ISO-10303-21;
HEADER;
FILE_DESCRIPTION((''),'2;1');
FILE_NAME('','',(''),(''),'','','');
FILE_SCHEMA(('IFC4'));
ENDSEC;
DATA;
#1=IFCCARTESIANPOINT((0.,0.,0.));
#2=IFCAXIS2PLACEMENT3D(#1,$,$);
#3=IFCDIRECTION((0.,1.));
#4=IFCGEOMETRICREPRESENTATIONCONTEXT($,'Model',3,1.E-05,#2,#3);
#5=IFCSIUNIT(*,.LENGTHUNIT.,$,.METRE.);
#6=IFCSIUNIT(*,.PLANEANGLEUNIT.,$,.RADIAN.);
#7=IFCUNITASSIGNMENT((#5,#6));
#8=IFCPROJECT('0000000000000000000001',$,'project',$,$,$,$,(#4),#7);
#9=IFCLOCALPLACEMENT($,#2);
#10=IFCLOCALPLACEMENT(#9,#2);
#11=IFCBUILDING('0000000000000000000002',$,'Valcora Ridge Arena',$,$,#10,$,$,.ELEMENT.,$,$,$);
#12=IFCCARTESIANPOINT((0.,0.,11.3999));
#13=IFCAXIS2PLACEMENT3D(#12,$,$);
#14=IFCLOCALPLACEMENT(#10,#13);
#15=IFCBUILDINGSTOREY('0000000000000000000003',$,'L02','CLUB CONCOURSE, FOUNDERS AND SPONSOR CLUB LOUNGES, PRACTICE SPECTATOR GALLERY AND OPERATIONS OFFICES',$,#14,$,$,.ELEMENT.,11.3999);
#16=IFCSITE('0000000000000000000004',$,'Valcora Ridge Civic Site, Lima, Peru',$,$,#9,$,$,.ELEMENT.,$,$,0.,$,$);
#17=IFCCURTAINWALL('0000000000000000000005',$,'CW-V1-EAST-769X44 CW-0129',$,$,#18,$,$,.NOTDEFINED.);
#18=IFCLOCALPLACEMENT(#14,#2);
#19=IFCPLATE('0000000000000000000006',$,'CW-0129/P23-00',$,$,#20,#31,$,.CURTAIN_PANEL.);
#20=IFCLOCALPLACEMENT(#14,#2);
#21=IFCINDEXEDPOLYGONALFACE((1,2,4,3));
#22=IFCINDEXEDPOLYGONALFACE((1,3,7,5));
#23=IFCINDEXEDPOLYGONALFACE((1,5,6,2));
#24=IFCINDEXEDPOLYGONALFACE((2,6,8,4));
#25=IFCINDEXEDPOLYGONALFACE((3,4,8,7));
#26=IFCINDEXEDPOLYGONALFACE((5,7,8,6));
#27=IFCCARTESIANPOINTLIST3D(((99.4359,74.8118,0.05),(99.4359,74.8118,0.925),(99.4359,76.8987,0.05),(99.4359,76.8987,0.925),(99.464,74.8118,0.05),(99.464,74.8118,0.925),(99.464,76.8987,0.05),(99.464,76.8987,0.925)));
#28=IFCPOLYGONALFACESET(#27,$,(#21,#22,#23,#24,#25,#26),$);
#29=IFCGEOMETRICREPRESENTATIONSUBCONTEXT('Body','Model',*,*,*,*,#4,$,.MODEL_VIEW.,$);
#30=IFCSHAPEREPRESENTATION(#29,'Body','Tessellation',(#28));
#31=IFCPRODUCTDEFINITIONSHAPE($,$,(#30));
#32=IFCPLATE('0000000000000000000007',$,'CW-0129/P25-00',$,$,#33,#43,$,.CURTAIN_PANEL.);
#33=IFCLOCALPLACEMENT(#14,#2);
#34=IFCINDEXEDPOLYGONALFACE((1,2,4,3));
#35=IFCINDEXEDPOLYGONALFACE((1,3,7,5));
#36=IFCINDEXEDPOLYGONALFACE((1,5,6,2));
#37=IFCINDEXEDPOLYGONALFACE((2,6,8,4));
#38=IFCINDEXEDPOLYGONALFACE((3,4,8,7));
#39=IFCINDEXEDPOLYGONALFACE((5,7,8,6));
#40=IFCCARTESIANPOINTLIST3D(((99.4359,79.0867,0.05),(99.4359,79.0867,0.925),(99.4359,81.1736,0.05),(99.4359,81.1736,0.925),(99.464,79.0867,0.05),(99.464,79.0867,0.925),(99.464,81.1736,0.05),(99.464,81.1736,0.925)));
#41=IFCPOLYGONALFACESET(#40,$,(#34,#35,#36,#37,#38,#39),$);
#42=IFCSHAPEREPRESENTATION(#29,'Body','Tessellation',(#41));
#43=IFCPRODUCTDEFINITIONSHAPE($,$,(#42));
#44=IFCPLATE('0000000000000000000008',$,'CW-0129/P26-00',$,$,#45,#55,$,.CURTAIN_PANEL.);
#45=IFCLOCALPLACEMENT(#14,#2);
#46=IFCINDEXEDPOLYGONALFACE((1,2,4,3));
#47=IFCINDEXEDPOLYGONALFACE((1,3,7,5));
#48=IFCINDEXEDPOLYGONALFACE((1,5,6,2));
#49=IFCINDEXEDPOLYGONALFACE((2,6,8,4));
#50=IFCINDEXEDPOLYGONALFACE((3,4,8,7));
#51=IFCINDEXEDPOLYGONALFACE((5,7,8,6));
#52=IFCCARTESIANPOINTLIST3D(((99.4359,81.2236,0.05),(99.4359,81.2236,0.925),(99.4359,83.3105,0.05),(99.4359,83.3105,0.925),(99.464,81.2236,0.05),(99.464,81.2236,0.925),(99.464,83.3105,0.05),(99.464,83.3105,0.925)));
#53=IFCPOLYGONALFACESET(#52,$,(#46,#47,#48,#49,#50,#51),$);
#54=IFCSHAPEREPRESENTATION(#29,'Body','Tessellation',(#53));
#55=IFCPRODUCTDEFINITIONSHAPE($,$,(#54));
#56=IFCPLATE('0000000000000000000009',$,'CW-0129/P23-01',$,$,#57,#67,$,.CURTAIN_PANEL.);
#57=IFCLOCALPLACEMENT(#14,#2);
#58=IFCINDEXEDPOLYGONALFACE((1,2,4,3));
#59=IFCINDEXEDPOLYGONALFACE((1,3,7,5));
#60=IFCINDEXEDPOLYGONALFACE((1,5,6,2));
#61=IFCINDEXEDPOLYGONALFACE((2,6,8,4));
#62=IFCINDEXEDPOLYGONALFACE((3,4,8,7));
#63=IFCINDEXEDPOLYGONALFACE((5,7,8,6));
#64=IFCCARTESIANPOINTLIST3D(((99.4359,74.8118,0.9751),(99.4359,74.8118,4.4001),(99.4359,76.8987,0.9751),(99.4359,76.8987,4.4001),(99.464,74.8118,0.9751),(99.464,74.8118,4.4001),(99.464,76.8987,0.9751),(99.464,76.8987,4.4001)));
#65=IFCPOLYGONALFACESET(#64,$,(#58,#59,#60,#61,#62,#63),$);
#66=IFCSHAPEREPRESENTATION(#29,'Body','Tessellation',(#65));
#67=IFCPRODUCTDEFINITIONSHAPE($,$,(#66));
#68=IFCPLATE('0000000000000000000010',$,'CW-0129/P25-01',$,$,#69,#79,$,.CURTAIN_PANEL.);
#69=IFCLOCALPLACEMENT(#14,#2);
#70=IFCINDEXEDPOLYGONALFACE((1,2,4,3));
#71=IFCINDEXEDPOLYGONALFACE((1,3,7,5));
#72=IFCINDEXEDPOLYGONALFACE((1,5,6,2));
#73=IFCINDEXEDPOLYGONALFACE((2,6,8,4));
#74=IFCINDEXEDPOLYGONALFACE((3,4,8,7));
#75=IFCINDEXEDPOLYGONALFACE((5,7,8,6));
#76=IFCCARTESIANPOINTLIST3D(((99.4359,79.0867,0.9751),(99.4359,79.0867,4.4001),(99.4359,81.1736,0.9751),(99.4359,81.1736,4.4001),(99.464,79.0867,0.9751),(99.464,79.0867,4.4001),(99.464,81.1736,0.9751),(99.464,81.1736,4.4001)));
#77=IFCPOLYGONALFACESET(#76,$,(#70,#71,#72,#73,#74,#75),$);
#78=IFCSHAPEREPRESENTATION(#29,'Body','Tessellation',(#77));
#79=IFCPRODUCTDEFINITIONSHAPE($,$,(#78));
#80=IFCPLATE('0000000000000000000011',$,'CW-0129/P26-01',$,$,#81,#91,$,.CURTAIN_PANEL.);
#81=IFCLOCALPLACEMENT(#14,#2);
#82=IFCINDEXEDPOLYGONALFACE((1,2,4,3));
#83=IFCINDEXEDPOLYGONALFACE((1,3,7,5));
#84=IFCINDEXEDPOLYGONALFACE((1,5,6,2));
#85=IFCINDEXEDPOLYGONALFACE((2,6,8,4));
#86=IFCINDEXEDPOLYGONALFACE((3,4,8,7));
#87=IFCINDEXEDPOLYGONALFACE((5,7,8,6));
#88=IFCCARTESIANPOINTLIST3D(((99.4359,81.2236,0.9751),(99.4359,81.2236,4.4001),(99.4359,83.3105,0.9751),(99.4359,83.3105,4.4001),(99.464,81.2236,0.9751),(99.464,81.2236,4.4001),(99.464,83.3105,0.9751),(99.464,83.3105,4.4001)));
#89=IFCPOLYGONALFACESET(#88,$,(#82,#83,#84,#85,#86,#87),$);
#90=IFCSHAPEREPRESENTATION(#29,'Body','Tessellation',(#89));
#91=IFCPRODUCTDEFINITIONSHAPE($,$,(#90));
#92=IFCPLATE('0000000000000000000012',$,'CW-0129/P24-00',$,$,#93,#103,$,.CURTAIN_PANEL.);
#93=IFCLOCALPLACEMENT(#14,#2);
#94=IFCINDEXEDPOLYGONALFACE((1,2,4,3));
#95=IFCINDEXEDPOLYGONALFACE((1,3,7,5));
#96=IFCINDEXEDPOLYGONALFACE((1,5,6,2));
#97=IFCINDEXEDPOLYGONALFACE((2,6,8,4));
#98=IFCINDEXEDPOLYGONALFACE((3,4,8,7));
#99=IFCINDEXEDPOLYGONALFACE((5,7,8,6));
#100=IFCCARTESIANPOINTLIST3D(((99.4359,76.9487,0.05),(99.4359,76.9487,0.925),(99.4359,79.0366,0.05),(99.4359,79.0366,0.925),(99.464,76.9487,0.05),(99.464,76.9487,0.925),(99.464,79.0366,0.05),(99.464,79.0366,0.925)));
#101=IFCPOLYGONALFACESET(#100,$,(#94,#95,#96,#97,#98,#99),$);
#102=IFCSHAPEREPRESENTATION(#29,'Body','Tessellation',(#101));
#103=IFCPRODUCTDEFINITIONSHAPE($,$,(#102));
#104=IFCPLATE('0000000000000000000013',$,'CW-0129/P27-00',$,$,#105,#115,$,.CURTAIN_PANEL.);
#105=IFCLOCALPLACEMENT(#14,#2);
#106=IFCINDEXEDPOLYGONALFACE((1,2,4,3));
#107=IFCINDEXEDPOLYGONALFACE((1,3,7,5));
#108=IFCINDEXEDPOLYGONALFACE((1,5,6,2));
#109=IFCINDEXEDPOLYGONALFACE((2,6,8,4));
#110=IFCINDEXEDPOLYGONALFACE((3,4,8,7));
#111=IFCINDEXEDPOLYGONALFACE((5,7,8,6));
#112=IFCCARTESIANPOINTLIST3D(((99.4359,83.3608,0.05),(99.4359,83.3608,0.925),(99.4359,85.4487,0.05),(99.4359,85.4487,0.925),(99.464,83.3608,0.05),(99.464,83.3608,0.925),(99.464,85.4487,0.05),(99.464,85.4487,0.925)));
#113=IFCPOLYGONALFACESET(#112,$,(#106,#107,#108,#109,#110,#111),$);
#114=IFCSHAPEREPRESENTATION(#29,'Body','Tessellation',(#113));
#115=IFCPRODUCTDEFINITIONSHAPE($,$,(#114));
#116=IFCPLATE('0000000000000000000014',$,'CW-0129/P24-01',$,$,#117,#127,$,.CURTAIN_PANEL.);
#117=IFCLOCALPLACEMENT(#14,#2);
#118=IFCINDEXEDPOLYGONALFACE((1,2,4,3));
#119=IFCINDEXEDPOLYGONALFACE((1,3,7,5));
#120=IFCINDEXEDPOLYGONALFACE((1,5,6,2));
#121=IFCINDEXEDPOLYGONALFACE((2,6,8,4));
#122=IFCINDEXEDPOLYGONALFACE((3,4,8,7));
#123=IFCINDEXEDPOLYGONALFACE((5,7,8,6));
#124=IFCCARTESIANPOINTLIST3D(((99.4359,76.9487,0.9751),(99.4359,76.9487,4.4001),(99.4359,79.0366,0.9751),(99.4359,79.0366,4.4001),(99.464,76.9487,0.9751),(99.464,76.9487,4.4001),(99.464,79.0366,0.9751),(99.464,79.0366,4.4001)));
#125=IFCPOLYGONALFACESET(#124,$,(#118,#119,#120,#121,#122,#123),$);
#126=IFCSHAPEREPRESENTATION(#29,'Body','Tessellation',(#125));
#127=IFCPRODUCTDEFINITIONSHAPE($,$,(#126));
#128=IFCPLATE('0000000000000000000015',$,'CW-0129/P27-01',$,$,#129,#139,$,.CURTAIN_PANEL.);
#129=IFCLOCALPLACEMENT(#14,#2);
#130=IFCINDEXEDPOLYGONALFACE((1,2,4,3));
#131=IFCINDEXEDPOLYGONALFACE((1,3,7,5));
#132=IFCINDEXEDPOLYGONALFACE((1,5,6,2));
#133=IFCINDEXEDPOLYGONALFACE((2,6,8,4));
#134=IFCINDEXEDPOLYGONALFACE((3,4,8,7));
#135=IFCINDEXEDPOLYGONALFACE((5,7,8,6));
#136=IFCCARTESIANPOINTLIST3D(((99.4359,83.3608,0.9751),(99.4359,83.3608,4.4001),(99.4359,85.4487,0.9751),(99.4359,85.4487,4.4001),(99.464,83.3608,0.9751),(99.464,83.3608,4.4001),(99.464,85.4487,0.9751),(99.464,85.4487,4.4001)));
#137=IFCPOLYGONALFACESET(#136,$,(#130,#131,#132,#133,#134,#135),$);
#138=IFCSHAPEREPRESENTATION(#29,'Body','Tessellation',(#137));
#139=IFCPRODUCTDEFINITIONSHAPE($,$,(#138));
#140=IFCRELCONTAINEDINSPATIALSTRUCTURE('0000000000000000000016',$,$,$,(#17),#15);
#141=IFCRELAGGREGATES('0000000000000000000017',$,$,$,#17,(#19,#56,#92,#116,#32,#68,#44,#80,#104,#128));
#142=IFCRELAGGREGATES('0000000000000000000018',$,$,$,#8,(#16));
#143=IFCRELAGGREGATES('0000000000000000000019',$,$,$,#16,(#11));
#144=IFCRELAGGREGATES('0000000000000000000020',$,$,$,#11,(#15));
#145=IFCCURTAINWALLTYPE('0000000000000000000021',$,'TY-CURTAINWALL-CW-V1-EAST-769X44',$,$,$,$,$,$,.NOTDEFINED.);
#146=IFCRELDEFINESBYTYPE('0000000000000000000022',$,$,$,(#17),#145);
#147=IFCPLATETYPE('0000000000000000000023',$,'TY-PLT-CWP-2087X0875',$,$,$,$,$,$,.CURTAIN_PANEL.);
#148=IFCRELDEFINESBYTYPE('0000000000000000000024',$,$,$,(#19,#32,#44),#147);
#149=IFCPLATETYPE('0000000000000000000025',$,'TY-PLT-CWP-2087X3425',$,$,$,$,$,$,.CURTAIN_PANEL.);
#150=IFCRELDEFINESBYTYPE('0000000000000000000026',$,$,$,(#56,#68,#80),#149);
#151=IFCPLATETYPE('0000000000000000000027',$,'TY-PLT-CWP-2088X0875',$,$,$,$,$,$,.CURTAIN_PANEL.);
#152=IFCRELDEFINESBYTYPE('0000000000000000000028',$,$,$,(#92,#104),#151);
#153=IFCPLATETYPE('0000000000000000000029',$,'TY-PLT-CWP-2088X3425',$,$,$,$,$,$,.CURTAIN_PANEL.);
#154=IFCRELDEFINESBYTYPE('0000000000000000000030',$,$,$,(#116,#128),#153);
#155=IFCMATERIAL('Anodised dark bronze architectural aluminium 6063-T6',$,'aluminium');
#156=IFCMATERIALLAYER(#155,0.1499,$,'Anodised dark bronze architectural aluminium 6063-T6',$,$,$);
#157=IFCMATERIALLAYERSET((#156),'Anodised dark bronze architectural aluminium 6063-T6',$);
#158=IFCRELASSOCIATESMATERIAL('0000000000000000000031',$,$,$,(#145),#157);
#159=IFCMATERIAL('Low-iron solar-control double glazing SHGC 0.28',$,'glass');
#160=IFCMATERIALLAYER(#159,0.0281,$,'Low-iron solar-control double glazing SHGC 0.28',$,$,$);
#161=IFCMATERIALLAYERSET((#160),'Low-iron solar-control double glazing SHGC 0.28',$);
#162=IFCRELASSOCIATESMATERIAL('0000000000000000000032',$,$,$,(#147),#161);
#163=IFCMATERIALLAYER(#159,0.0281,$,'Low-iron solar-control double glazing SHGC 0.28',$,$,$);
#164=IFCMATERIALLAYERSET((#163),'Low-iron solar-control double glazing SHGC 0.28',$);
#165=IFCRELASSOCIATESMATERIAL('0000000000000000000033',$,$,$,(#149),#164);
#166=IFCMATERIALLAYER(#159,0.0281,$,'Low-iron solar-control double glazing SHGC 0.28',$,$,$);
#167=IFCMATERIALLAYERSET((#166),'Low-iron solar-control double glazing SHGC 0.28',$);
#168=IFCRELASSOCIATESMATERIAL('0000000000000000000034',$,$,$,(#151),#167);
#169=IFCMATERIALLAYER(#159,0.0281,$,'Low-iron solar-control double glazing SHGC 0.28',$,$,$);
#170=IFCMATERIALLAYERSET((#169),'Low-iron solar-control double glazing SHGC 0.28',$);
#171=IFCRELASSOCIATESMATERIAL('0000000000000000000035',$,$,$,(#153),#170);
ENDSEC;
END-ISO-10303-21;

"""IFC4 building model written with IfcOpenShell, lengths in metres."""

from ifc_helpers import new_model, si_unit, direction, frame, origin, origin_2d, place, context, subcontext, project, spatial, rectangle, extrude, material, layer, layer_set, type_object, element, aggregate, save


model = new_model("IFC4")

# Units and contexts
model_context = context("Model", 3, precision=1e-05, world=origin(), true_north=direction((0.0, 1.0)))
body_context = subcontext(model_context, "Body", "Model", "MODEL_VIEW")
ifc_project = project(units=[si_unit("LENGTHUNIT", "METRE"), si_unit("PLANEANGLEUNIT", "RADIAN")], contexts=[model_context])

# Site, building, storey
site_placement = place(None, origin())
site = spatial("IfcSite", under=ifc_project, at=site_placement, Name="Valcora Ridge Civic Site, Lima, Peru", CompositionType="ELEMENT", RefElevation=0.0)
building_placement = place(site_placement, origin())
building = spatial("IfcBuilding", under=site, at=building_placement, Name="Valcora Ridge Arena", CompositionType="ELEMENT")
storey_placement = place(building_placement, frame((0.0, 0.0, 11.3999)))
storey = spatial("IfcBuildingStorey", under=building, at=storey_placement, Name="L02", Description="CLUB CONCOURSE, FOUNDERS AND SPONSOR CLUB LOUNGES, PRACTICE SPECTATOR GALLERY AND OPERATIONS OFFICES", CompositionType="ELEMENT", Elevation=11.3999)

# Curtain wall
ifc_material_1 = material(Name="Anodised dark bronze architectural aluminium 6063-T6", Category="aluminium")
ifc_layer_1 = layer(ifc_material_1, 0.1499, Name="Anodised dark bronze architectural aluminium 6063-T6")
ifc_layer_set_1 = layer_set([ifc_layer_1], Name="Anodised dark bronze architectural aluminium 6063-T6")
curtain_wall_type = type_object("IfcCurtainWallType", Name="TY-CURTAINWALL-CW-V1-EAST-769X44", PredefinedType="NOTDEFINED", material=ifc_layer_set_1)
curtain_wall_placement = place(storey_placement, origin())
curtain_wall = element("IfcCurtainWall", 1, at=curtain_wall_placement, inside=storey, type_object=curtain_wall_type, Name="CW-V1-EAST-769X44 CW-0129", PredefinedType="NOTDEFINED")

# Plates
ifc_material_2 = material(Name="Low-iron solar-control double glazing SHGC 0.28", Category="glass")
ifc_layer_2 = layer(ifc_material_2, 0.0281, Name="Low-iron solar-control double glazing SHGC 0.28")
ifc_layer_set_2 = layer_set([ifc_layer_2], Name="Low-iron solar-control double glazing SHGC 0.28")
plate_type_1 = type_object("IfcPlateType", Name="TY-PLT-CWP-2087X0875", PredefinedType="CURTAIN_PANEL", material=ifc_layer_set_2)
plate_1_placement = place(storey_placement, frame((99.45, 75.8552, 0.05), z_axis=(0.0, 0.0, 1.0), x_axis=(0.0, 1.0, 0.0)))
plate_1 = element("IfcPlate", 2, at=plate_1_placement, type_object=plate_type_1, Name="CW-0129/P23-00", PredefinedType="CURTAIN_PANEL", context=body_context, shape_type="SweptSolid", body=[
    extrude(rectangle(XDim=2.0869, YDim=0.0281, at=origin_2d()), origin(), (0.0, 0.0, 1.0), 0.875),
])
plate_2_placement = place(storey_placement, frame((99.45, 80.1301, 0.05), z_axis=(0.0, 0.0, 1.0), x_axis=(0.0, 1.0, 0.0)))
plate_2 = element("IfcPlate", 3, at=plate_2_placement, type_object=plate_type_1, Name="CW-0129/P25-00", PredefinedType="CURTAIN_PANEL", context=body_context, shape_type="SweptSolid", body=[
    extrude(rectangle(XDim=2.0869, YDim=0.0281, at=origin_2d()), origin(), (0.0, 0.0, 1.0), 0.875),
])
plate_3_placement = place(storey_placement, frame((99.45, 82.2671, 0.05), z_axis=(0.0, 0.0, 1.0), x_axis=(0.0, 1.0, 0.0)))
plate_3 = element("IfcPlate", 4, at=plate_3_placement, type_object=plate_type_1, Name="CW-0129/P26-00", PredefinedType="CURTAIN_PANEL", context=body_context, shape_type="SweptSolid", body=[
    extrude(rectangle(XDim=2.0869, YDim=0.0281, at=origin_2d()), origin(), (0.0, 0.0, 1.0), 0.875),
])
ifc_layer_3 = layer(ifc_material_2, 0.0281, Name="Low-iron solar-control double glazing SHGC 0.28")
ifc_layer_set_3 = layer_set([ifc_layer_3], Name="Low-iron solar-control double glazing SHGC 0.28")
plate_type_2 = type_object("IfcPlateType", Name="TY-PLT-CWP-2087X3425", PredefinedType="CURTAIN_PANEL", material=ifc_layer_set_3)
plate_4_placement = place(storey_placement, frame((99.45, 75.8552, 0.9751), z_axis=(0.0, 0.0, 1.0), x_axis=(0.0, 1.0, 0.0)))
plate_4 = element("IfcPlate", 5, at=plate_4_placement, type_object=plate_type_2, Name="CW-0129/P23-01", PredefinedType="CURTAIN_PANEL", context=body_context, shape_type="SweptSolid", body=[
    extrude(rectangle(XDim=2.0869, YDim=0.0281, at=origin_2d()), origin(), (0.0, 0.0, 1.0), 3.425),
])
plate_5_placement = place(storey_placement, frame((99.45, 80.1301, 0.9751), z_axis=(0.0, 0.0, 1.0), x_axis=(0.0, 1.0, 0.0)))
plate_5 = element("IfcPlate", 6, at=plate_5_placement, type_object=plate_type_2, Name="CW-0129/P25-01", PredefinedType="CURTAIN_PANEL", context=body_context, shape_type="SweptSolid", body=[
    extrude(rectangle(XDim=2.0869, YDim=0.0281, at=origin_2d()), origin(), (0.0, 0.0, 1.0), 3.425),
])
plate_6_placement = place(storey_placement, frame((99.45, 82.2671, 0.9751), z_axis=(0.0, 0.0, 1.0), x_axis=(0.0, 1.0, 0.0)))
plate_6 = element("IfcPlate", 7, at=plate_6_placement, type_object=plate_type_2, Name="CW-0129/P26-01", PredefinedType="CURTAIN_PANEL", context=body_context, shape_type="SweptSolid", body=[
    extrude(rectangle(XDim=2.0869, YDim=0.0281, at=origin_2d()), origin(), (0.0, 0.0, 1.0), 3.425),
])
ifc_layer_4 = layer(ifc_material_2, 0.0281, Name="Low-iron solar-control double glazing SHGC 0.28")
ifc_layer_set_4 = layer_set([ifc_layer_4], Name="Low-iron solar-control double glazing SHGC 0.28")
plate_type_3 = type_object("IfcPlateType", Name="TY-PLT-CWP-2088X0875", PredefinedType="CURTAIN_PANEL", material=ifc_layer_set_4)
plate_7_placement = place(storey_placement, frame((99.45, 77.9927, 0.05), z_axis=(0.0, 0.0, 1.0), x_axis=(0.0, 1.0, 0.0)))
plate_7 = element("IfcPlate", 8, at=plate_7_placement, type_object=plate_type_3, Name="CW-0129/P24-00", PredefinedType="CURTAIN_PANEL", context=body_context, shape_type="SweptSolid", body=[
    extrude(rectangle(XDim=2.0879, YDim=0.0281, at=origin_2d()), origin(), (0.0, 0.0, 1.0), 0.875),
])
plate_8_placement = place(storey_placement, frame((99.45, 84.4048, 0.05), z_axis=(0.0, 0.0, 1.0), x_axis=(0.0, 1.0, 0.0)))
plate_8 = element("IfcPlate", 9, at=plate_8_placement, type_object=plate_type_3, Name="CW-0129/P27-00", PredefinedType="CURTAIN_PANEL", context=body_context, shape_type="SweptSolid", body=[
    extrude(rectangle(XDim=2.0879, YDim=0.0281, at=origin_2d()), origin(), (0.0, 0.0, 1.0), 0.875),
])
ifc_layer_5 = layer(ifc_material_2, 0.0281, Name="Low-iron solar-control double glazing SHGC 0.28")
ifc_layer_set_5 = layer_set([ifc_layer_5], Name="Low-iron solar-control double glazing SHGC 0.28")
plate_type_4 = type_object("IfcPlateType", Name="TY-PLT-CWP-2088X3425", PredefinedType="CURTAIN_PANEL", material=ifc_layer_set_5)
plate_9_placement = place(storey_placement, frame((99.45, 77.9927, 0.9751), z_axis=(0.0, 0.0, 1.0), x_axis=(0.0, 1.0, 0.0)))
plate_9 = element("IfcPlate", 10, at=plate_9_placement, type_object=plate_type_4, Name="CW-0129/P24-01", PredefinedType="CURTAIN_PANEL", context=body_context, shape_type="SweptSolid", body=[
    extrude(rectangle(XDim=2.0879, YDim=0.0281, at=origin_2d()), origin(), (0.0, 0.0, 1.0), 3.425),
])
plate_10_placement = place(storey_placement, frame((99.45, 84.4048, 0.9751), z_axis=(0.0, 0.0, 1.0), x_axis=(0.0, 1.0, 0.0)))
plate_10 = element("IfcPlate", 11, at=plate_10_placement, type_object=plate_type_4, Name="CW-0129/P27-01", PredefinedType="CURTAIN_PANEL", context=body_context, shape_type="SweptSolid", body=[
    extrude(rectangle(XDim=2.0879, YDim=0.0281, at=origin_2d()), origin(), (0.0, 0.0, 1.0), 3.425),
])
aggregate(curtain_wall, [plate_1, plate_4, plate_7, plate_9, plate_2, plate_5, plate_3, plate_6, plate_8, plate_10])

save(model, "model.ifc")
